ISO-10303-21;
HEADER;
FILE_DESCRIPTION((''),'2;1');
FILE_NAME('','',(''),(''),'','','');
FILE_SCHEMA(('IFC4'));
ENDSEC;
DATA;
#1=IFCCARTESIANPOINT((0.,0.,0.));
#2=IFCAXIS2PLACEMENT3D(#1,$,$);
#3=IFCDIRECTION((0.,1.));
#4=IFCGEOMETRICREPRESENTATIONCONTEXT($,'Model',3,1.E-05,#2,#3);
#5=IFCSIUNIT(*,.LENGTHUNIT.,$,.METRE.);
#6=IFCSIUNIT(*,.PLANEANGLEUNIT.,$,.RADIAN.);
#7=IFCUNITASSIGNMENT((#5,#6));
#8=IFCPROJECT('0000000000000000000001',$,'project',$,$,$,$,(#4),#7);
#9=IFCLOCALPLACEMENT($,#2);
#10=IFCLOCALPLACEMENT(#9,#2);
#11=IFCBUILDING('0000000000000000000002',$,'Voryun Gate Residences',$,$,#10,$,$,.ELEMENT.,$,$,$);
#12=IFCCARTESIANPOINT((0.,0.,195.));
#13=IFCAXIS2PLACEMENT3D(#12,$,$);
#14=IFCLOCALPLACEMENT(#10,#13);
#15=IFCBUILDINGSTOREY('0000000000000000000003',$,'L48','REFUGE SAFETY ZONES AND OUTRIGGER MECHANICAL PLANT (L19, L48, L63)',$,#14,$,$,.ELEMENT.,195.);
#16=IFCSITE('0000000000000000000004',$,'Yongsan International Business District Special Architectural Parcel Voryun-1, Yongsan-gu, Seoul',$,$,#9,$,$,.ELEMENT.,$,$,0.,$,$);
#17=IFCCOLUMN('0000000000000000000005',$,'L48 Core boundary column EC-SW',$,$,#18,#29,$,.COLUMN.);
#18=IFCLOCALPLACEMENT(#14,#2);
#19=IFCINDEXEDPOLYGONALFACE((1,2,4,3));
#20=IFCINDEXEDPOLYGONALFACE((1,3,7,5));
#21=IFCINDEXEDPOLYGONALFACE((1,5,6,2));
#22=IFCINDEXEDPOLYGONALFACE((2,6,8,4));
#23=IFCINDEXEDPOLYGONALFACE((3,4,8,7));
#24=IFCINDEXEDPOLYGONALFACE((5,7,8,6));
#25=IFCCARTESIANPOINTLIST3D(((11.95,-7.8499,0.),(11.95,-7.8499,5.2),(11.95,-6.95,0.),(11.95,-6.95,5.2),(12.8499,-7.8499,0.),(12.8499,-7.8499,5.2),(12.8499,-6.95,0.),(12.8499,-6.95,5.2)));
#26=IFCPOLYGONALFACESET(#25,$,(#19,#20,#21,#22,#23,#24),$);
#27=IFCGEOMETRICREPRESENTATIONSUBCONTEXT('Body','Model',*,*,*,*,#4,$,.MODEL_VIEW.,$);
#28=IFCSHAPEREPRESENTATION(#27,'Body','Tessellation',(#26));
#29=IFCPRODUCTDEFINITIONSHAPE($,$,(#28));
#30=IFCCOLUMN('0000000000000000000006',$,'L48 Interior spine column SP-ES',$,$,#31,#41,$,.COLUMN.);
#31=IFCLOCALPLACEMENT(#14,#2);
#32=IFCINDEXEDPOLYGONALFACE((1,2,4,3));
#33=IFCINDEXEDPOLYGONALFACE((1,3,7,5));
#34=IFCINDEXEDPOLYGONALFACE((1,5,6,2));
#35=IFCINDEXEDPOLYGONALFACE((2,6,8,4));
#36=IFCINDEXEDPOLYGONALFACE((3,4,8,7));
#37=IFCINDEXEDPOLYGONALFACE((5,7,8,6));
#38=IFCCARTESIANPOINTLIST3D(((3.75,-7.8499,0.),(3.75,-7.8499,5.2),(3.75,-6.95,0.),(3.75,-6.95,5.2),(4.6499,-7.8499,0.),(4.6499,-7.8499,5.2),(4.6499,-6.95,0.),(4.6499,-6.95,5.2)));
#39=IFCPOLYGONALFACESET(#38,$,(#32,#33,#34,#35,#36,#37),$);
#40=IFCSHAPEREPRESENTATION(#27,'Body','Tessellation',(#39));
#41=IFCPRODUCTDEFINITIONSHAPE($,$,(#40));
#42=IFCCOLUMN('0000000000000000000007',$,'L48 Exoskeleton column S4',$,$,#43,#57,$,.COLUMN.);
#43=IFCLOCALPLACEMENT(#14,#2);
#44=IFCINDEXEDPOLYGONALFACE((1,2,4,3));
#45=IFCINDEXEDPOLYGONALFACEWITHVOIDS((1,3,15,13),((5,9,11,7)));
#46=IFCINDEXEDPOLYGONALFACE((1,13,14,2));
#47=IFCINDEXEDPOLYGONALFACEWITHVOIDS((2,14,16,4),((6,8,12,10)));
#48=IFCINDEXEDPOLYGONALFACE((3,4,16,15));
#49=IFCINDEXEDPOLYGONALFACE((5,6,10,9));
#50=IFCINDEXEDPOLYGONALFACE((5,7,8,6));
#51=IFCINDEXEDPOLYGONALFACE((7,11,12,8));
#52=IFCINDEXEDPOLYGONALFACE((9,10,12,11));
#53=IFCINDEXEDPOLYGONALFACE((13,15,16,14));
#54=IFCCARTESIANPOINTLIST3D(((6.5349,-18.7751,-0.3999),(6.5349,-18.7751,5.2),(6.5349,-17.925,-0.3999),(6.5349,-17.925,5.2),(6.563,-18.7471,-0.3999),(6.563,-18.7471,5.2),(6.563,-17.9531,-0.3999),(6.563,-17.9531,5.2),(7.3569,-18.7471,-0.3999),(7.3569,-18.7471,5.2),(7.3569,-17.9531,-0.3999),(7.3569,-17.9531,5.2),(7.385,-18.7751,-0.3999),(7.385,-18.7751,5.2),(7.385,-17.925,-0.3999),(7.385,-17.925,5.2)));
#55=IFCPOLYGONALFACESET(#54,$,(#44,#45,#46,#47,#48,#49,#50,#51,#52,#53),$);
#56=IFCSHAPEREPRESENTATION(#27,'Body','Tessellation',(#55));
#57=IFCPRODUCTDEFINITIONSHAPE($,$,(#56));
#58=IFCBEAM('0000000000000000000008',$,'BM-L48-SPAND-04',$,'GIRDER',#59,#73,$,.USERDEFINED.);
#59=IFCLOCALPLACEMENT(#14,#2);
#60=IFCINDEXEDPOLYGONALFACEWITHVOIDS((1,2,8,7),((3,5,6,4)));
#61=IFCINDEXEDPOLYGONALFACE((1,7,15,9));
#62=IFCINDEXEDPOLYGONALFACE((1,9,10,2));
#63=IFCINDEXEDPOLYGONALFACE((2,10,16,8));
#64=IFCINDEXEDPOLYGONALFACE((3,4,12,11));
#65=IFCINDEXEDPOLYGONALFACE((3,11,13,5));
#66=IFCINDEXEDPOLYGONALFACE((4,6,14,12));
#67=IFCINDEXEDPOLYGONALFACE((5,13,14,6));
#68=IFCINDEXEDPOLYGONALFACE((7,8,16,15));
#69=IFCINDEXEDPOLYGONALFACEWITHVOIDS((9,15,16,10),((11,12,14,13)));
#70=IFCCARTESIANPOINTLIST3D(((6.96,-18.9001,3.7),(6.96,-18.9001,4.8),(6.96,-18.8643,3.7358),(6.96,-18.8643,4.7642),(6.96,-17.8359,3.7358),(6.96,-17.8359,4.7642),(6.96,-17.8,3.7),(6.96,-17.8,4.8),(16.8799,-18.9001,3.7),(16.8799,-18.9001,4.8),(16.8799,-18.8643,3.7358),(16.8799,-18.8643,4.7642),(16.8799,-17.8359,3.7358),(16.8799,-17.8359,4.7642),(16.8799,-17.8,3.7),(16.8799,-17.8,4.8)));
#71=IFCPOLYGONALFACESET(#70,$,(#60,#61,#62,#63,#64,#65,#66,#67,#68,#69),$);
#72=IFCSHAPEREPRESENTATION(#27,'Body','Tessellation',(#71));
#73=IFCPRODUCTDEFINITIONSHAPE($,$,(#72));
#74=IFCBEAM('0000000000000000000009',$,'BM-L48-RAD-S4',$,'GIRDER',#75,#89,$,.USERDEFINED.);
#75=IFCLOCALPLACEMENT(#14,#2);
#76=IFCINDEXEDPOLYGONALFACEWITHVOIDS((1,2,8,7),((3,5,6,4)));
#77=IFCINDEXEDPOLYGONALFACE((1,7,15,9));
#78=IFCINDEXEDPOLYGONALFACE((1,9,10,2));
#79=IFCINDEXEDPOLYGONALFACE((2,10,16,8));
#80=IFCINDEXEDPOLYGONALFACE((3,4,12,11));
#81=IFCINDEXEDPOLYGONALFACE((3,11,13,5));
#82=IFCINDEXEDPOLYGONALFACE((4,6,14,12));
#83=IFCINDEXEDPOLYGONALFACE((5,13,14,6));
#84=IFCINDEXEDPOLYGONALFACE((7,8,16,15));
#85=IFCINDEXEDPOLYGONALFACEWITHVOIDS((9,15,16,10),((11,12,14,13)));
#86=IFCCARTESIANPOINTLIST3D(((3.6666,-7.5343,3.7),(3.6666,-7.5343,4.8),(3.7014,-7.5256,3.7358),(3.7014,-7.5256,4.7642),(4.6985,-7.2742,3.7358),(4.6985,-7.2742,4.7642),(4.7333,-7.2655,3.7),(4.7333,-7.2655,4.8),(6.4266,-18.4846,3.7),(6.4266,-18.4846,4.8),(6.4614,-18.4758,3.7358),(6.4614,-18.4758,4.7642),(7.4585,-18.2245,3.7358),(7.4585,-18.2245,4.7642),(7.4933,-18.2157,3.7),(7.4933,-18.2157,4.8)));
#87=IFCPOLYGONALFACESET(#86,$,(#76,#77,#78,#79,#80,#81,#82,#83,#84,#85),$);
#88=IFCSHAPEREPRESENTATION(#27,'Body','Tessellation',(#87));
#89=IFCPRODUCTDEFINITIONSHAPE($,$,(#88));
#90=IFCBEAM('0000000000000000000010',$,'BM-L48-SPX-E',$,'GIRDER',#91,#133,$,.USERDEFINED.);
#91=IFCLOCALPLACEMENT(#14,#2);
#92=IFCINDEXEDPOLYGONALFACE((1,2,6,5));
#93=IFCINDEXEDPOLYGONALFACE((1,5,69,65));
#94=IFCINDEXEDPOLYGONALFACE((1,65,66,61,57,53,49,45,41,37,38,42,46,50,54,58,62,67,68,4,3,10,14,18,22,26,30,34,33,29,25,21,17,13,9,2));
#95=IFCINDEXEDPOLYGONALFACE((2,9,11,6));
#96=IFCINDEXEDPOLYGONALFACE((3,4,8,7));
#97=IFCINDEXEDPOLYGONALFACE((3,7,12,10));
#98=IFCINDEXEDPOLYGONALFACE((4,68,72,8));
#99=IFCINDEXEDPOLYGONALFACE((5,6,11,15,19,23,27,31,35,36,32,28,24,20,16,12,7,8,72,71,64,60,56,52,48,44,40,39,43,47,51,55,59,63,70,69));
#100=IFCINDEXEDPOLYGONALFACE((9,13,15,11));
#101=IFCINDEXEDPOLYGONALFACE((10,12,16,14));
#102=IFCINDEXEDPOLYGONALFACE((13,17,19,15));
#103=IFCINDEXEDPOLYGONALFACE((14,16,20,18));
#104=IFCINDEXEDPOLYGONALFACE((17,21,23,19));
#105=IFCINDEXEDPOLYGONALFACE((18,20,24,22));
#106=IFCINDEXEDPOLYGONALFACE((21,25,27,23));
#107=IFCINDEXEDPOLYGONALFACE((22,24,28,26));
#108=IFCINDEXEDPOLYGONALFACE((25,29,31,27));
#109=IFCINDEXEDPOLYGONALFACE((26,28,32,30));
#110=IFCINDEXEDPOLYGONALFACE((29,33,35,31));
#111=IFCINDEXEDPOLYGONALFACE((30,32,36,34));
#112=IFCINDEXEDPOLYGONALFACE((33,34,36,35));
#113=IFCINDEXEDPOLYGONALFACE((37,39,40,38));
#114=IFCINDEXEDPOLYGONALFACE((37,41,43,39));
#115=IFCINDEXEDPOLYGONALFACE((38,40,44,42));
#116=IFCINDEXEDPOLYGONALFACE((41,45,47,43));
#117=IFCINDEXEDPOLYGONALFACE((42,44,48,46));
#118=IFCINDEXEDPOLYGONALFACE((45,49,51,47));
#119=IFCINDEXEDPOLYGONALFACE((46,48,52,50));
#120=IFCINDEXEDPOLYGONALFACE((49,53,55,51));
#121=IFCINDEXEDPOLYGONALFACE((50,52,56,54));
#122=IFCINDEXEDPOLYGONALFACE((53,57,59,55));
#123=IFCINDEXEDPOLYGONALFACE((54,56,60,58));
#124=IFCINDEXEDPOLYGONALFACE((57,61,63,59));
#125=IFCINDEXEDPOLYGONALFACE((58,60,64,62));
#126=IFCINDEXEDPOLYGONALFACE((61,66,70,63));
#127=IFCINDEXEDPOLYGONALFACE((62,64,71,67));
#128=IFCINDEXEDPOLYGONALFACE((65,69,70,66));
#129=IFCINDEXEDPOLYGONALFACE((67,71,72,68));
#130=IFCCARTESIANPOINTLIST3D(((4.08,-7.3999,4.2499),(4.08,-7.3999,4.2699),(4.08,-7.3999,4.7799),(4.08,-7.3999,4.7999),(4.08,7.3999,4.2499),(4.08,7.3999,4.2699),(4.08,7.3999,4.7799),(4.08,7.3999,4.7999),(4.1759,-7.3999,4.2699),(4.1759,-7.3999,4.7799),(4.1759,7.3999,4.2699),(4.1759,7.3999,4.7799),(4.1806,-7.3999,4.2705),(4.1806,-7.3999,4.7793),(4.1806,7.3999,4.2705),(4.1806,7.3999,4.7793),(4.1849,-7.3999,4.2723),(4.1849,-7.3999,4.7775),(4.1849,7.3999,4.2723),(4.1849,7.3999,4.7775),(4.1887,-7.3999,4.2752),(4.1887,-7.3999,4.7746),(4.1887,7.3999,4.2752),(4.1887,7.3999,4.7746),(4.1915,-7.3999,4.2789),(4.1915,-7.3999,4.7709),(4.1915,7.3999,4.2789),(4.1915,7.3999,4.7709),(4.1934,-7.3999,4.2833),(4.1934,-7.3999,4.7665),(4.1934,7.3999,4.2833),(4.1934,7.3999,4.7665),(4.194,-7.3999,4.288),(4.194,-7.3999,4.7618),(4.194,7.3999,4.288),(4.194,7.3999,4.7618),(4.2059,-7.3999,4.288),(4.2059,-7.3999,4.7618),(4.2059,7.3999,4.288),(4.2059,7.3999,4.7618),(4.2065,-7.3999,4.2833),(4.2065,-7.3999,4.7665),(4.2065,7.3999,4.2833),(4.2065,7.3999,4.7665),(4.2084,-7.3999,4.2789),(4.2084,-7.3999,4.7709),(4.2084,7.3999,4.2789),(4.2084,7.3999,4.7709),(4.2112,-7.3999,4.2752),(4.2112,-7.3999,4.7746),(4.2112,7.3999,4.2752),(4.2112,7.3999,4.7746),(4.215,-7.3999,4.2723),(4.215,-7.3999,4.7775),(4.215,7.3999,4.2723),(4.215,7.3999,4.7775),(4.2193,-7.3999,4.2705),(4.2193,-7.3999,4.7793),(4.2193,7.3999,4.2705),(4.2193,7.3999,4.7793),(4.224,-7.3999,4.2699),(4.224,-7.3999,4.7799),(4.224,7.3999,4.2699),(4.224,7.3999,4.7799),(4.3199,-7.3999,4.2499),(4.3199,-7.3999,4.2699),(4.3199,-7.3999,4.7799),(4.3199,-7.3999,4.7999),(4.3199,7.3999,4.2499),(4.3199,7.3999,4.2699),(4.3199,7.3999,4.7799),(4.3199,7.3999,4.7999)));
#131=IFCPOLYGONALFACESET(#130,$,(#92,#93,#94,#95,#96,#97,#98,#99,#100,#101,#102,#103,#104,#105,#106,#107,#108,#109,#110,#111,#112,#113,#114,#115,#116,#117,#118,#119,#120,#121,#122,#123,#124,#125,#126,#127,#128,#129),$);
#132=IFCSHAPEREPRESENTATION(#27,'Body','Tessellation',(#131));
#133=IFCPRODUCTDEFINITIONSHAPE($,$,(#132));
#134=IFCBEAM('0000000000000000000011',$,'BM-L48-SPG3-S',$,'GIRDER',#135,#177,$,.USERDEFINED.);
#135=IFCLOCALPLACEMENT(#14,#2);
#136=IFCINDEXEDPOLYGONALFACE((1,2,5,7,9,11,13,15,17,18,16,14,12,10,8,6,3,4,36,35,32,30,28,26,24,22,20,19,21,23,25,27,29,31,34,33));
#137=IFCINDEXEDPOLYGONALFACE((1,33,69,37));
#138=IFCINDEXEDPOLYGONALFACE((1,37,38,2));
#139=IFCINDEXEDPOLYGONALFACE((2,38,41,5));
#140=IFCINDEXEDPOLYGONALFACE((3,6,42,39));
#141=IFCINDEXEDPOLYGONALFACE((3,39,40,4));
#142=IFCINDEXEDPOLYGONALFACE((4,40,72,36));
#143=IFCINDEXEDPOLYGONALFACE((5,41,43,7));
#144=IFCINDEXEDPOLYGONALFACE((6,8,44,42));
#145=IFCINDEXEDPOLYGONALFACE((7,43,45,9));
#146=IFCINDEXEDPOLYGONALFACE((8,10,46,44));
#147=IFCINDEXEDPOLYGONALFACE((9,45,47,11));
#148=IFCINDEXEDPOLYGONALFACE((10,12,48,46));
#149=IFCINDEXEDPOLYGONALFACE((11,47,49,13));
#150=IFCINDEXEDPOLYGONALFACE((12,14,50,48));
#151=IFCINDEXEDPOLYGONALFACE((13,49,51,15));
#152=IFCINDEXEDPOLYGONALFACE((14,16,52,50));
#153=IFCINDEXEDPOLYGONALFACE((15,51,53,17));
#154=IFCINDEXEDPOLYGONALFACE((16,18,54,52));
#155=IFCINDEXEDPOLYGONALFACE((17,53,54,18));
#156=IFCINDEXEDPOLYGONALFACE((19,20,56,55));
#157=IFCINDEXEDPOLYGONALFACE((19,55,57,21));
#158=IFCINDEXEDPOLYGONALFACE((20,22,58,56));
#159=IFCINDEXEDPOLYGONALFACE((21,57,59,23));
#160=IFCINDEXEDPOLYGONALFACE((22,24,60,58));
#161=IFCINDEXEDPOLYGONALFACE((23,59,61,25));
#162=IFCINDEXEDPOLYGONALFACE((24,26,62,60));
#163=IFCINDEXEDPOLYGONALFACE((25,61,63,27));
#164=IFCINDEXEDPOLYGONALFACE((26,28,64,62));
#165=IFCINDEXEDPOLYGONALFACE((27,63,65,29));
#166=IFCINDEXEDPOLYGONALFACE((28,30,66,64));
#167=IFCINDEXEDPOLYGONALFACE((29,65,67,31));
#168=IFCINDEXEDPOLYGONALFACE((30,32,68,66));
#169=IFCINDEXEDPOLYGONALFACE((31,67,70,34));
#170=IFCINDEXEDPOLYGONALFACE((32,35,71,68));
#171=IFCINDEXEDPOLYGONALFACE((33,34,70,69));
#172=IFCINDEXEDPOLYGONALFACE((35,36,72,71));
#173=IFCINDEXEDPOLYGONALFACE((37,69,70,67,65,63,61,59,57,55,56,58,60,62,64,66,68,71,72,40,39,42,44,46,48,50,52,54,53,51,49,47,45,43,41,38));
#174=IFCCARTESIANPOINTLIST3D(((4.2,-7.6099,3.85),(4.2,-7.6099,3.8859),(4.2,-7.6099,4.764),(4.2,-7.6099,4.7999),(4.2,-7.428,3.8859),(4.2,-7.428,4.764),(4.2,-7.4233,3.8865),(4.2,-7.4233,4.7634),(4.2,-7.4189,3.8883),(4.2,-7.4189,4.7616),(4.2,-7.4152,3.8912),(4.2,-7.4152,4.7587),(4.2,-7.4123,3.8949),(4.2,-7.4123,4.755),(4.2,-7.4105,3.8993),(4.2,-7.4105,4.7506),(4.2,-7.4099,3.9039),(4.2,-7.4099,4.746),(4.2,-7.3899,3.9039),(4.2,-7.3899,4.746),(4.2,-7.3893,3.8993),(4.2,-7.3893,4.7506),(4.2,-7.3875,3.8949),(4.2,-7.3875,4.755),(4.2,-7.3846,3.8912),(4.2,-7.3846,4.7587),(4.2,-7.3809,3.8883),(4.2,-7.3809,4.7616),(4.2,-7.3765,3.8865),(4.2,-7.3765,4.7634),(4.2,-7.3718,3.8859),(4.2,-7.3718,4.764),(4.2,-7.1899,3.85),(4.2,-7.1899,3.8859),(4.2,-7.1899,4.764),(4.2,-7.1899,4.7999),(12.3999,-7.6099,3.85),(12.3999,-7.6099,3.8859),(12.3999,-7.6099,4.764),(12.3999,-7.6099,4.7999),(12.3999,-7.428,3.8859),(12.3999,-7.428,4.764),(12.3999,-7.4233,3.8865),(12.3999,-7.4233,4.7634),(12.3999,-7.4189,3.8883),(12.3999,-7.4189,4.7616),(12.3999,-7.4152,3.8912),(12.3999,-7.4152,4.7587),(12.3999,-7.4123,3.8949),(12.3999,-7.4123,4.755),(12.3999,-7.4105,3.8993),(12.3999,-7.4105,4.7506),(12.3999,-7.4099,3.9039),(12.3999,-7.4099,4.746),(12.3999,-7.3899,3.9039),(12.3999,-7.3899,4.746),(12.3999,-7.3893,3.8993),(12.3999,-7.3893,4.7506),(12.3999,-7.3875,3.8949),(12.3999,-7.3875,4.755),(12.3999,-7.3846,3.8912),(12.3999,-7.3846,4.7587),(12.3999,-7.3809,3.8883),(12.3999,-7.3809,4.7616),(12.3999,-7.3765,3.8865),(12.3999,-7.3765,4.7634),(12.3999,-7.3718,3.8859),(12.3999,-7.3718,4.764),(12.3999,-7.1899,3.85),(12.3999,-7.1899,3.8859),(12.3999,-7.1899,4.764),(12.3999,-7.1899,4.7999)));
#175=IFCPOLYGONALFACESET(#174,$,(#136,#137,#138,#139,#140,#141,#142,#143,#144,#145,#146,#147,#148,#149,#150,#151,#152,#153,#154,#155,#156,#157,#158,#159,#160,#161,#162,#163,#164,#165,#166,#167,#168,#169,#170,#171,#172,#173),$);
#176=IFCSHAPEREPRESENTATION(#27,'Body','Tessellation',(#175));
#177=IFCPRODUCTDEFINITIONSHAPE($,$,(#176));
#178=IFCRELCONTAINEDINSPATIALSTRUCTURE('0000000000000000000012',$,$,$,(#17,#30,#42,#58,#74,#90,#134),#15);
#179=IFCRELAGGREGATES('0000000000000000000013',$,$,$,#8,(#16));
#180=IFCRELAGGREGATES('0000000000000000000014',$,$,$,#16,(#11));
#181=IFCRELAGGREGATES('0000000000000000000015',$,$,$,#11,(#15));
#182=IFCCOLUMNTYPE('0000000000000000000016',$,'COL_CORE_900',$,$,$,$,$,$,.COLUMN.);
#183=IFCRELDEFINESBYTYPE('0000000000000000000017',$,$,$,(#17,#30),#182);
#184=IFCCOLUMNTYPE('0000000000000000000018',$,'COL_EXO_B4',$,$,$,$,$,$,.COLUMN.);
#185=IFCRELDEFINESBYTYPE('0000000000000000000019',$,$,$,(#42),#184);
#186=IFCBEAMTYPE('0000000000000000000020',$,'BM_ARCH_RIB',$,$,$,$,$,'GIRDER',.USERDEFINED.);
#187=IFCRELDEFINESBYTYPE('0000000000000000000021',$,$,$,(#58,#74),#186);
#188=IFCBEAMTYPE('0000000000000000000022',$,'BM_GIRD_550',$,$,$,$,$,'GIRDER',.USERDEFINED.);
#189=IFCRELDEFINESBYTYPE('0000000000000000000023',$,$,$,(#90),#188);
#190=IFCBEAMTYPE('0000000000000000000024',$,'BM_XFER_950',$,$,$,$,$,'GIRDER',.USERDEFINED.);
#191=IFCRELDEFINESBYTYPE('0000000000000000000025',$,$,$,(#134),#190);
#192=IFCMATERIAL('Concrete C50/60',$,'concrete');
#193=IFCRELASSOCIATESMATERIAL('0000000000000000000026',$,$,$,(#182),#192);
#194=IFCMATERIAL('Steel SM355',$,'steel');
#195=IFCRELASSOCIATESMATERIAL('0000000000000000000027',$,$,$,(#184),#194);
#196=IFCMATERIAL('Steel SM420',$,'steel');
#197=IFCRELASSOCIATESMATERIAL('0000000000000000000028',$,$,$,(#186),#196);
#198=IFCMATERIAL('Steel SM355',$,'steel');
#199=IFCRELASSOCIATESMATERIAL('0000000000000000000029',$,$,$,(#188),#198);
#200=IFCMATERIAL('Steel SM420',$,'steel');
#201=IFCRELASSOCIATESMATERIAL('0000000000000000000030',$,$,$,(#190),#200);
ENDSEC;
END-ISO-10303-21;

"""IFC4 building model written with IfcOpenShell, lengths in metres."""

from ifc_helpers import new_model, si_unit, direction, frame, origin, origin_2d, place, context, subcontext, project, spatial, rectangle, hollow_rectangle, i_section, extrude, material, material_profile, profile_set, type_object, element, save


model = new_model("IFC4")

# Units and contexts
model_context = context("Model", 3, precision=1e-05, world=origin(), true_north=direction((0.0, 1.0)))
body_context = subcontext(model_context, "Body", "Model", "MODEL_VIEW")
ifc_project = project(units=[si_unit("LENGTHUNIT", "METRE"), si_unit("PLANEANGLEUNIT", "RADIAN")], contexts=[model_context])

# Site, building, storey
site_placement = place(None, origin())
site = spatial("IfcSite", under=ifc_project, at=site_placement, Name="Yongsan International Business District Special Architectural Parcel Voryun-1, Yongsan-gu, Seoul", CompositionType="ELEMENT", RefElevation=0.0)
building_placement = place(site_placement, origin())
building = spatial("IfcBuilding", under=site, at=building_placement, Name="Voryun Gate Residences", CompositionType="ELEMENT")
storey_placement = place(building_placement, frame((0.0, 0.0, 195.0)))
storey = spatial("IfcBuildingStorey", under=building, at=storey_placement, Name="L48", Description="REFUGE SAFETY ZONES AND OUTRIGGER MECHANICAL PLANT (L19, L48, L63)", CompositionType="ELEMENT", Elevation=195.0)

# Columns
ifc_material_1 = material(Name="Concrete C50/60", Category="concrete")
ifc_material_profile_1 = material_profile(ifc_material_1, rectangle(XDim=0.8999, YDim=0.8999, at=origin_2d()), Name="RC-900x900")
ifc_profile_set_1 = profile_set([ifc_material_profile_1], Name="Concrete C50/60")
column_type_1 = type_object("IfcColumnType", Name="COL_CORE_900", PredefinedType="COLUMN", material=ifc_profile_set_1)
for number, where, z_axis, x_axis, name in (
    (1, (12.3999, -7.3999, 0.0), (0.0, 0.0, 1.0), (1.0, 0.0, 0.0), "L48 Core boundary column EC-SW"),
    (2, (4.2, -7.3999, 0.0), (0.0, 0.0, 1.0), (1.0, 0.0, 0.0), "L48 Interior spine column SP-ES"),
):
    element("IfcColumn", number, at=place(storey_placement, frame(where, z_axis=z_axis, x_axis=x_axis)), inside=storey, type_object=column_type_1, Name=name, PredefinedType="COLUMN", context=body_context, shape_type="SweptSolid", body=[
        extrude(rectangle(XDim=0.8999, YDim=0.8999, at=origin_2d()), origin(), (0.0, 0.0, 1.0), 5.2),
    ])
ifc_material_2 = material(Name="Steel SM355", Category="steel")
ifc_material_profile_2 = material_profile(ifc_material_2, hollow_rectangle(XDim=0.8501, YDim=0.8501, WallThickness=0.0281, at=origin_2d()), Name="BOX-850x850x28")
ifc_profile_set_2 = profile_set([ifc_material_profile_2], Name="Steel SM355")
column_type_2 = type_object("IfcColumnType", Name="COL_EXO_B4", PredefinedType="COLUMN", material=ifc_profile_set_2)
column_placement = place(storey_placement, frame((6.96, -18.3501, -0.3999), z_axis=(0.0, 0.0, 1.0), x_axis=(1.0, 0.0, 0.0)))
element("IfcColumn", 3, at=column_placement, inside=storey, type_object=column_type_2, Name="L48 Exoskeleton column S4", PredefinedType="COLUMN", context=body_context, shape_type="SweptSolid", body=[
    extrude(hollow_rectangle(XDim=0.8501, YDim=0.8501, WallThickness=0.0281, at=origin_2d()), origin(), (0.0, 0.0, 1.0), 5.5999),
])

# Beams
ifc_material_3 = material(Name="Steel SM420", Category="steel")
ifc_material_profile_3 = material_profile(ifc_material_3, hollow_rectangle(XDim=1.1001, YDim=1.1001, WallThickness=0.0359, at=origin_2d()), Name="BOX-1100x1100x36")
ifc_profile_set_3 = profile_set([ifc_material_profile_3], Name="Steel SM420")
beam_type_1 = type_object("IfcBeamType", Name="BM_ARCH_RIB", ElementType="GIRDER", PredefinedType="USERDEFINED", material=ifc_profile_set_3)
beam_1_placement = place(storey_placement, frame((6.96, -18.3501, 4.25), z_axis=(1.0, 0.0, 0.0), x_axis=(0.0, 1.0, 0.0)))
element("IfcBeam", 4, at=beam_1_placement, inside=storey, type_object=beam_type_1, Name="BM-L48-SPAND-04", ObjectType="GIRDER", PredefinedType="USERDEFINED", context=body_context, shape_type="SweptSolid", body=[
    extrude(hollow_rectangle(XDim=1.1001, YDim=1.1001, WallThickness=0.0359, at=origin_2d()), origin(), (0.0, 0.0, 1.0), 9.9199),
])
beam_2_placement = place(storey_placement, frame((4.2, -7.3999, 4.25), z_axis=(0.244407, -0.969673, 0.0), x_axis=(0.969673, 0.244407, 0.0)))
element("IfcBeam", 5, at=beam_2_placement, inside=storey, type_object=beam_type_1, Name="BM-L48-RAD-S4", ObjectType="GIRDER", PredefinedType="USERDEFINED", context=body_context, shape_type="SweptSolid", body=[
    extrude(hollow_rectangle(XDim=1.1001, YDim=1.1001, WallThickness=0.0359, at=origin_2d()), origin(), (0.0, 0.0, 1.0), 11.2927),
])
ifc_material_4 = material(Name="Steel SM355", Category="steel")
ifc_material_profile_4 = material_profile(ifc_material_4, i_section(OverallWidth=0.24, OverallDepth=0.55, WebThickness=0.012, FlangeThickness=0.02, FilletRadius=0.0181, at=origin_2d()), Name="H-550x240x12x20")
ifc_profile_set_4 = profile_set([ifc_material_profile_4], Name="Steel SM355")
beam_type_2 = type_object("IfcBeamType", Name="BM_GIRD_550", ElementType="GIRDER", PredefinedType="USERDEFINED", material=ifc_profile_set_4)
beam_3_placement = place(storey_placement, frame((4.2, -7.3999, 4.5249), z_axis=(0.0, 1.0, 0.0), x_axis=(-1.0, 0.0, 0.0)))
element("IfcBeam", 6, at=beam_3_placement, inside=storey, type_object=beam_type_2, Name="BM-L48-SPX-E", ObjectType="GIRDER", PredefinedType="USERDEFINED", context=body_context, shape_type="SweptSolid", body=[
    extrude(i_section(OverallWidth=0.24, OverallDepth=0.55, WebThickness=0.012, FlangeThickness=0.02, FilletRadius=0.0181, at=origin_2d()), origin(), (0.0, 0.0, 1.0), 14.7998),
])
ifc_material_5 = material(Name="Steel SM420", Category="steel")
ifc_material_profile_5 = material_profile(ifc_material_5, i_section(OverallWidth=0.4199, OverallDepth=0.95, WebThickness=0.02, FlangeThickness=0.0359, FilletRadius=0.0181, at=origin_2d()), Name="H-950x420x20x36")
ifc_profile_set_5 = profile_set([ifc_material_profile_5], Name="Steel SM420")
beam_type_3 = type_object("IfcBeamType", Name="BM_XFER_950", ElementType="GIRDER", PredefinedType="USERDEFINED", material=ifc_profile_set_5)
beam_4_placement = place(storey_placement, frame((4.2, -7.3999, 4.325), z_axis=(1.0, 0.0, 0.0), x_axis=(0.0, 1.0, 0.0)))
element("IfcBeam", 7, at=beam_4_placement, inside=storey, type_object=beam_type_3, Name="BM-L48-SPG3-S", ObjectType="GIRDER", PredefinedType="USERDEFINED", context=body_context, shape_type="SweptSolid", body=[
    extrude(i_section(OverallWidth=0.4199, OverallDepth=0.95, WebThickness=0.02, FlangeThickness=0.0359, FilletRadius=0.0181, at=origin_2d()), origin(), (0.0, 0.0, 1.0), 8.2),
])

save(model, "model.ifc")
